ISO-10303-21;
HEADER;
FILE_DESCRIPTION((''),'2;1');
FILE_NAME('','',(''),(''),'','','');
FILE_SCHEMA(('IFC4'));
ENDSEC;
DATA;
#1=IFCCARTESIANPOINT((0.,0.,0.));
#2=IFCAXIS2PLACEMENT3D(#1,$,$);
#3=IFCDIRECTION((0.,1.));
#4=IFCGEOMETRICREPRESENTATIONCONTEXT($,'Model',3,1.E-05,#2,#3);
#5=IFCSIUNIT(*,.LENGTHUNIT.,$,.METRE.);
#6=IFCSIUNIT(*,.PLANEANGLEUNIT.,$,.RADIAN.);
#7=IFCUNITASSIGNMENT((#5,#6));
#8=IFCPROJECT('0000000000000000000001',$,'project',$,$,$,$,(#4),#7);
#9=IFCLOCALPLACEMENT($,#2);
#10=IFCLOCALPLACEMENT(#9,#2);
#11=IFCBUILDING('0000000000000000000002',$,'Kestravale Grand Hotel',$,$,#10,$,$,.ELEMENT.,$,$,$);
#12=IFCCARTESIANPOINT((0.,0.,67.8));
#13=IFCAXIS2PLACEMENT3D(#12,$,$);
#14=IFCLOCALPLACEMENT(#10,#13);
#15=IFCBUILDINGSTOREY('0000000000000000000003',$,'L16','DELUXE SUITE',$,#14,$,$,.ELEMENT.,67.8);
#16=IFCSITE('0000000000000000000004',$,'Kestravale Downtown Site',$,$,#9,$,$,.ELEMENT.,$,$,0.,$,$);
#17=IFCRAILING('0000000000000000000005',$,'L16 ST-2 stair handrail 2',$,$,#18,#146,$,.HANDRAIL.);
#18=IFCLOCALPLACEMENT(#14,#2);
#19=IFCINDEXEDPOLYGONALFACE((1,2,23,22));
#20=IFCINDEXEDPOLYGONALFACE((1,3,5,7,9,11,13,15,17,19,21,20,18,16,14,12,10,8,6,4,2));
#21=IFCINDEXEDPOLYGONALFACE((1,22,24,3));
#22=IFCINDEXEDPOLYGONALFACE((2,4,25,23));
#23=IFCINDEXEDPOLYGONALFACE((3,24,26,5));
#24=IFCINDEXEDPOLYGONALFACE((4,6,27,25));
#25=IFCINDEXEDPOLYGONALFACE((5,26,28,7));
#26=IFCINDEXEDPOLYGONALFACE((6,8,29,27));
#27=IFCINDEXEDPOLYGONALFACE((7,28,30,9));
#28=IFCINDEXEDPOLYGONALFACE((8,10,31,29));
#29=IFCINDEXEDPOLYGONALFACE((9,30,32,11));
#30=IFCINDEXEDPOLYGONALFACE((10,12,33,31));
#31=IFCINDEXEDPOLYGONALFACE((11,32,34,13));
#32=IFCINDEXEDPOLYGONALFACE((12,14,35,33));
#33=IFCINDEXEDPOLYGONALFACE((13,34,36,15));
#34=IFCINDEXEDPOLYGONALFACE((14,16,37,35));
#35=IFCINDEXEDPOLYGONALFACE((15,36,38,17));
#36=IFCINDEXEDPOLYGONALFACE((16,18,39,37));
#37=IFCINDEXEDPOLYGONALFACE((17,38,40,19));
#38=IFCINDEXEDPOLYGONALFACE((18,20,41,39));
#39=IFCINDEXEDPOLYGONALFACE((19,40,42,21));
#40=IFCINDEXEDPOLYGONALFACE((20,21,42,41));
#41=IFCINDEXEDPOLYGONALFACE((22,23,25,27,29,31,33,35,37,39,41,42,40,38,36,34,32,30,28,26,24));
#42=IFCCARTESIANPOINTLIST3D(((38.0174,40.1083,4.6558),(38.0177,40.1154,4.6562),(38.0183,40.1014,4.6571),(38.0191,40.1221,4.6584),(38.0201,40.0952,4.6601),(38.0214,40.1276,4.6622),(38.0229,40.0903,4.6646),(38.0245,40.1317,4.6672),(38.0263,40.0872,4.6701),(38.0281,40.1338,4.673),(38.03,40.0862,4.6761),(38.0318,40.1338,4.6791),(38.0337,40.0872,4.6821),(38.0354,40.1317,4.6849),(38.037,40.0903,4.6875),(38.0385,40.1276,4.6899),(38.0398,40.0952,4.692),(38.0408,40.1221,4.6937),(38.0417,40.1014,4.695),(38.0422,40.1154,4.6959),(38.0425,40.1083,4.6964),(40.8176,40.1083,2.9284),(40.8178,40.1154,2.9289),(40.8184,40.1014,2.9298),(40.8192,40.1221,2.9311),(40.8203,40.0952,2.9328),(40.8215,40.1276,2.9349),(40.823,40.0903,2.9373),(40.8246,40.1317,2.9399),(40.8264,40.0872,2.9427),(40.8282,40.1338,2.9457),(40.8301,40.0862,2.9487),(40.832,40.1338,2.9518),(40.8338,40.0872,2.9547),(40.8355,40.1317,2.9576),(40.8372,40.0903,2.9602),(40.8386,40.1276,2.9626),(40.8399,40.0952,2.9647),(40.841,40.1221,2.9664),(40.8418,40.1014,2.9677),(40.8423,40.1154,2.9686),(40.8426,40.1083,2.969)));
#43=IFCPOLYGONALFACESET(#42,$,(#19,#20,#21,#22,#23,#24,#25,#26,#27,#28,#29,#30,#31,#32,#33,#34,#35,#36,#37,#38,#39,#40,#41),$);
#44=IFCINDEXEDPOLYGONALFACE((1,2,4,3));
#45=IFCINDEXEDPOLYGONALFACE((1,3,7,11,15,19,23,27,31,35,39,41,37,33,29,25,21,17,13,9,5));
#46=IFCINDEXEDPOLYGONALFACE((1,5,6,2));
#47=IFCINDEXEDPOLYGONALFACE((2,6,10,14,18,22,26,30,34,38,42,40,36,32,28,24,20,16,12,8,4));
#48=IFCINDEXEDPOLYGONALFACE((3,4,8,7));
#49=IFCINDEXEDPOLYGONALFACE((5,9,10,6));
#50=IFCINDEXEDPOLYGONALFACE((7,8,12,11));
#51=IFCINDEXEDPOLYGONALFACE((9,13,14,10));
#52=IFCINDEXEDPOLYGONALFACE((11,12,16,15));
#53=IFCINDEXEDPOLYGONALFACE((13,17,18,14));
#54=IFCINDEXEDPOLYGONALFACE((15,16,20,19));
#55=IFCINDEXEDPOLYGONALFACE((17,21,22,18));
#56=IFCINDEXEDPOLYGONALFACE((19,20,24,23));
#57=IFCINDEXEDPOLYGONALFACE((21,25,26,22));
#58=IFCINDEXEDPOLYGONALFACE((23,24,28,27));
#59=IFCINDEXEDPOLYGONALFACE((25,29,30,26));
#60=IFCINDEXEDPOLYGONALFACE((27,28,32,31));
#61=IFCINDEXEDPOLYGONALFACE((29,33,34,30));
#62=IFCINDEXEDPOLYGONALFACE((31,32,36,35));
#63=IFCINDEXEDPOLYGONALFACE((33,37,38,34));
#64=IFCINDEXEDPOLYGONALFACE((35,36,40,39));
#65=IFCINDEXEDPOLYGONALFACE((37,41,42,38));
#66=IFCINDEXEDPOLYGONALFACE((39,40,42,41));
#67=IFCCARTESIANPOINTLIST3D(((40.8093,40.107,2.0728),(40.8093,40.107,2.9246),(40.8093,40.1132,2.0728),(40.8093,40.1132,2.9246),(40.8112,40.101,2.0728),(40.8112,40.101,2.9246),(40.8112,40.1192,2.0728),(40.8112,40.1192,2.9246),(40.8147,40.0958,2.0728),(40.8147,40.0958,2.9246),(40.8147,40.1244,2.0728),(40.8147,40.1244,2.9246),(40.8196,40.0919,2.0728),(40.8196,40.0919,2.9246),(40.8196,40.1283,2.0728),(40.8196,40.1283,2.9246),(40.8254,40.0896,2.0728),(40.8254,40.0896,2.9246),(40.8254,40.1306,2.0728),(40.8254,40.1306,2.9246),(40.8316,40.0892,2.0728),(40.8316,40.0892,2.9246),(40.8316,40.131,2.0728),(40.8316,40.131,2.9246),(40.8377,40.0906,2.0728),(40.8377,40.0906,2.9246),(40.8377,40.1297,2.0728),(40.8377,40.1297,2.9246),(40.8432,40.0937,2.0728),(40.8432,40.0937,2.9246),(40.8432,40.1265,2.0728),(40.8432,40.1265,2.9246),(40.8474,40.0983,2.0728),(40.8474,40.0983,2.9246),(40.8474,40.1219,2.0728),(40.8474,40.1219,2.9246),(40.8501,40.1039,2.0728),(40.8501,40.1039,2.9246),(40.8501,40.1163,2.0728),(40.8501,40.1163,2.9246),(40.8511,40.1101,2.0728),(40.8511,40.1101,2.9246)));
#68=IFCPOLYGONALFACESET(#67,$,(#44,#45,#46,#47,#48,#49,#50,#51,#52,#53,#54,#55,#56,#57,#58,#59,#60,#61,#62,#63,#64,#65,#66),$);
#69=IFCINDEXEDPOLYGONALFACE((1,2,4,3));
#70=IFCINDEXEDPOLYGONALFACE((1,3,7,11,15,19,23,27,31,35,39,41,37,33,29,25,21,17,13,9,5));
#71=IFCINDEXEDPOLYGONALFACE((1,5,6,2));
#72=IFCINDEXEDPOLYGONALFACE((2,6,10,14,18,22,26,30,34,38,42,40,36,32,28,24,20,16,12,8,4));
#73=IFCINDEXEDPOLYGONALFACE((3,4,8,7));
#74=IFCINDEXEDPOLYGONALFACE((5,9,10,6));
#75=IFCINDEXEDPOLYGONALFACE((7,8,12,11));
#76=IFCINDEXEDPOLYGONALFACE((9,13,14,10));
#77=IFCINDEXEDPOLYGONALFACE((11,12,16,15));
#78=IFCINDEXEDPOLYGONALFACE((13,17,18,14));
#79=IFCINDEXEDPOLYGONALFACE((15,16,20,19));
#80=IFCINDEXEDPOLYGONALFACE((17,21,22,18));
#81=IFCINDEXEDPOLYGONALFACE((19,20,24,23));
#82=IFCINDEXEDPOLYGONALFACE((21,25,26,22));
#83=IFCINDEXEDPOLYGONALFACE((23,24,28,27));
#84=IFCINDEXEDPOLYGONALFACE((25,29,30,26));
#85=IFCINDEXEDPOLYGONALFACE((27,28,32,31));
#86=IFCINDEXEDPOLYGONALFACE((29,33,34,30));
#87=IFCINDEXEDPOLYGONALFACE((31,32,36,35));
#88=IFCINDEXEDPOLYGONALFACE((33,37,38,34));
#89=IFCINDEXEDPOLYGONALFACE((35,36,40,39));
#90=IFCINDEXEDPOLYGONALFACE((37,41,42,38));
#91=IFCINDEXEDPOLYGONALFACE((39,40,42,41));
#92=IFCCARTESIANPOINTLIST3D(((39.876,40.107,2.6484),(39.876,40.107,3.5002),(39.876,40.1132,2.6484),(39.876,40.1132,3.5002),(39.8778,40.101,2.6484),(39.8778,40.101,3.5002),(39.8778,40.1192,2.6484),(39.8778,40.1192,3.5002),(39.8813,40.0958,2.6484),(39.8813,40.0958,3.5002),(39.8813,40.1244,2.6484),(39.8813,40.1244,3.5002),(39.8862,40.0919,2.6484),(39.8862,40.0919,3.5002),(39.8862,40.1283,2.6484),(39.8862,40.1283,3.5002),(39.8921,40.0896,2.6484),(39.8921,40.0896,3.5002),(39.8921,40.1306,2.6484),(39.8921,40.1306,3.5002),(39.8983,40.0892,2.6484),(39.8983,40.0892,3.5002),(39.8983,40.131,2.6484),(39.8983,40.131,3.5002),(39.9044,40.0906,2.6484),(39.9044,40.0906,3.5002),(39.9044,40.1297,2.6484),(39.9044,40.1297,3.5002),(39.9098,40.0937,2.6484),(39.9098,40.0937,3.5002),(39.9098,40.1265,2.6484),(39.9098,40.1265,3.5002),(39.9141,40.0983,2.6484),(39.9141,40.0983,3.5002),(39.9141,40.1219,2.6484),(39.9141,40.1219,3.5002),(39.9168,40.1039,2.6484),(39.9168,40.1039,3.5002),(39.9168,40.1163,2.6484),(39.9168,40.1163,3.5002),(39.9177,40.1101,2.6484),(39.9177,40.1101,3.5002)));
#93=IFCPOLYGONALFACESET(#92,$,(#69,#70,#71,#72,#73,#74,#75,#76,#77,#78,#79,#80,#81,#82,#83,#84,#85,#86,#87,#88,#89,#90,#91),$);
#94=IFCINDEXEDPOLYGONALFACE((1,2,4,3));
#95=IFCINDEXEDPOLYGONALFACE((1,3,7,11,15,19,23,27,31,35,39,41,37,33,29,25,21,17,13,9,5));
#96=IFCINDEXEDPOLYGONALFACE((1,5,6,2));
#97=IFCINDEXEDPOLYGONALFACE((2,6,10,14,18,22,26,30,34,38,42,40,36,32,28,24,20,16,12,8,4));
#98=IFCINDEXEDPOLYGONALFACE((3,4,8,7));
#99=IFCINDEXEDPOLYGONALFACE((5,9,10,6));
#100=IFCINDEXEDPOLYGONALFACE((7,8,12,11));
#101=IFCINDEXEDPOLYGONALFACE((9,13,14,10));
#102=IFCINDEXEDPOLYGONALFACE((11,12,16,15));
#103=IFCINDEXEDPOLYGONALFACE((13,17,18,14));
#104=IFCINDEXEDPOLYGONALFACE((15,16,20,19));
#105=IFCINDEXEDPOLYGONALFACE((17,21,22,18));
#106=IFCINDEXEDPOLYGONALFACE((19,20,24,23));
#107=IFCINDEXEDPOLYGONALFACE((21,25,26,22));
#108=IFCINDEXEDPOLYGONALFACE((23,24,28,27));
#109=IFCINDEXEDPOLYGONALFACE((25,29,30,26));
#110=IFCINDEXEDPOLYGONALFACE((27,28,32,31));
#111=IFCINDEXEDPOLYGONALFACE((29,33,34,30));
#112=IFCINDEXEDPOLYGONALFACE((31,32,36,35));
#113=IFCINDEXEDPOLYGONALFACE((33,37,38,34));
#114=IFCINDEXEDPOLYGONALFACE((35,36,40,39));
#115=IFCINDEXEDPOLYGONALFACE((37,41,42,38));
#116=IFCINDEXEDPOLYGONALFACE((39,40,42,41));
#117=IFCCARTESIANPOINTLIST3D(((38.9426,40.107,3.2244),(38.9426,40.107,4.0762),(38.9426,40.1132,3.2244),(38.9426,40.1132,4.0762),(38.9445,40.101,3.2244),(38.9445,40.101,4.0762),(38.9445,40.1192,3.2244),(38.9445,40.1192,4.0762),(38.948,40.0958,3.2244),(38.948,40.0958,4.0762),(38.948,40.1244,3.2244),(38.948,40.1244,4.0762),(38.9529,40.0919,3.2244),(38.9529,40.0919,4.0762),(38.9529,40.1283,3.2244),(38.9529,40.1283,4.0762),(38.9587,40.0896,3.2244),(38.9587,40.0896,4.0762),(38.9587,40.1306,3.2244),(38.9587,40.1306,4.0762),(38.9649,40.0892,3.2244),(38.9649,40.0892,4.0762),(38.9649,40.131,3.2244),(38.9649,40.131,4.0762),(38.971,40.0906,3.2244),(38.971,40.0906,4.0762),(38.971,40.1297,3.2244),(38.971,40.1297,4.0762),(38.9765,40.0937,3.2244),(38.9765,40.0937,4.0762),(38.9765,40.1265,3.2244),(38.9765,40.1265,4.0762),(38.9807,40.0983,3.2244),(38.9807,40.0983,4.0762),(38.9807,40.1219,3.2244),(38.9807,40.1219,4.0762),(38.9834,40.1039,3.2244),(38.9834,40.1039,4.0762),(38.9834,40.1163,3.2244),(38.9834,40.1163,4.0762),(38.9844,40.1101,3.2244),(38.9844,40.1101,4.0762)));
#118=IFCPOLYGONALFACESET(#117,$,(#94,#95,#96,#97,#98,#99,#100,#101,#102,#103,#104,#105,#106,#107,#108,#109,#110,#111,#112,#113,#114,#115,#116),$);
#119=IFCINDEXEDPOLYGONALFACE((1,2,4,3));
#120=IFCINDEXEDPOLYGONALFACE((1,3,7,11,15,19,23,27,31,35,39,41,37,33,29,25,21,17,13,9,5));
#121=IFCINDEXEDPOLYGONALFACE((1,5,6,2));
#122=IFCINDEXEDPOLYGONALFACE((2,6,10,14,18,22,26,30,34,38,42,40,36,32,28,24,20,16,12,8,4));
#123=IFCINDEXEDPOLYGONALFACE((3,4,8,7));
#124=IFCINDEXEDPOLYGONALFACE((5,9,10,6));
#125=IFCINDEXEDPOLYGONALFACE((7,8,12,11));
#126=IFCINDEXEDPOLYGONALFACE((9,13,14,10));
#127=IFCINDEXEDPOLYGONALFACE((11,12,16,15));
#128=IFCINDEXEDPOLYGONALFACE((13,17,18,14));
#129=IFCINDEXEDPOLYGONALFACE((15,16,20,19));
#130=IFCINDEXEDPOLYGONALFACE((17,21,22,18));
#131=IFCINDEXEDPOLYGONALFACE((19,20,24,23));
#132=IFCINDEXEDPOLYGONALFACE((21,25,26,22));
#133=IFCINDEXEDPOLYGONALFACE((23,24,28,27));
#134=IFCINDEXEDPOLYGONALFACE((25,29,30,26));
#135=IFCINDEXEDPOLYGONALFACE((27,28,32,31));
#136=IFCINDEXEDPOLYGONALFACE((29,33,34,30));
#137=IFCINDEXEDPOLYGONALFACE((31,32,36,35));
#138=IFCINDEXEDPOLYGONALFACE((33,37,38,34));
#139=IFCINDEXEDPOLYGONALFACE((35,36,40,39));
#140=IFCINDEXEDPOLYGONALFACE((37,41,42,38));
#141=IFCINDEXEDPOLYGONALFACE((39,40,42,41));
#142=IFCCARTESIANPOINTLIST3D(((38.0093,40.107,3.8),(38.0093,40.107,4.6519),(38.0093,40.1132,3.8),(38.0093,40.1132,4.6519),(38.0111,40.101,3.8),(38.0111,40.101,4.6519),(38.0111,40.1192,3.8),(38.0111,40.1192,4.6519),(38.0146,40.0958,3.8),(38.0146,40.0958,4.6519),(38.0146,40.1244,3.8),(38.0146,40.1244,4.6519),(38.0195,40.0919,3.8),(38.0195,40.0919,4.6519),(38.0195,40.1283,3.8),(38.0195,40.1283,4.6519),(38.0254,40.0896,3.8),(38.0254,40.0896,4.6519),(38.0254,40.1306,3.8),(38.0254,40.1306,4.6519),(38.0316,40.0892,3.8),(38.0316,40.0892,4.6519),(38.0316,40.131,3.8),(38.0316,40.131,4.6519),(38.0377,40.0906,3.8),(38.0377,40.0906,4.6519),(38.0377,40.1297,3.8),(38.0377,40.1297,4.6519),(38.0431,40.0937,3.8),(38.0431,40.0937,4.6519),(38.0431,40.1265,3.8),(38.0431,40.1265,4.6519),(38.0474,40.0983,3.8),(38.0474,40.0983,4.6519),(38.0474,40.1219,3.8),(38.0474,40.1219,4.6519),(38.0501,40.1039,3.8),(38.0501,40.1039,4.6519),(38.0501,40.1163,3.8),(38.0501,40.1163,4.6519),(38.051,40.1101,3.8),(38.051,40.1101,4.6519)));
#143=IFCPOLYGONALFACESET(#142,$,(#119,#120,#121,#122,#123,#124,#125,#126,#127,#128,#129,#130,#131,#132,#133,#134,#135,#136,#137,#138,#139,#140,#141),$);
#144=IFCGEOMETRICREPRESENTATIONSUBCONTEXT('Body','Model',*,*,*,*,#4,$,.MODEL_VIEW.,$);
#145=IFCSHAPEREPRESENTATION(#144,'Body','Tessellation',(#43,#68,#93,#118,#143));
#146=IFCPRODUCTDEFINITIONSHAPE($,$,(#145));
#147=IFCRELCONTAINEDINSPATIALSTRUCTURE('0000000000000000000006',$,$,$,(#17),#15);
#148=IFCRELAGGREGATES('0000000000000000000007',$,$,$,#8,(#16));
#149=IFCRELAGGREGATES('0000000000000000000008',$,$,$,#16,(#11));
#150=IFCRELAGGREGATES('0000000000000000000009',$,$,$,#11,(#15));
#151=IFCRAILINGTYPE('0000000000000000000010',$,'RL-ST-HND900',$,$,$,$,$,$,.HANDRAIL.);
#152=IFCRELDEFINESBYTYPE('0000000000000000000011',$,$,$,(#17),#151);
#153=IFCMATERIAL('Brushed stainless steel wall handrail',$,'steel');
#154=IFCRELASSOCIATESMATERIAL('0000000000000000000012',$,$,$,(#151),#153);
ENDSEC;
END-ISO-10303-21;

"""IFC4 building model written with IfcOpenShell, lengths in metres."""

from ifc_helpers import new_model, si_unit, direction, frame, origin, origin_2d, place, context, subcontext, project, spatial, circle, extrude, material, type_object, element, save


model = new_model("IFC4")

# Units and contexts
model_context = context("Model", 3, precision=1e-05, world=origin(), true_north=direction((0.0, 1.0)))
body_context = subcontext(model_context, "Body", "Model", "MODEL_VIEW")
ifc_project = project(units=[si_unit("LENGTHUNIT", "METRE"), si_unit("PLANEANGLEUNIT", "RADIAN")], contexts=[model_context])

# Site, building, storey
site_placement = place(None, origin())
site = spatial("IfcSite", under=ifc_project, at=site_placement, Name="Kestravale Downtown Site", CompositionType="ELEMENT", RefElevation=0.0)
building_placement = place(site_placement, origin())
building = spatial("IfcBuilding", under=site, at=building_placement, Name="Kestravale Grand Hotel", CompositionType="ELEMENT")
storey_placement = place(building_placement, frame((0.0, 0.0, 67.8)))
storey = spatial("IfcBuildingStorey", under=building, at=storey_placement, Name="L16", Description="DELUXE SUITE", CompositionType="ELEMENT", Elevation=67.8)

# Railing
ifc_material_1 = material(Name="Brushed stainless steel wall handrail", Category="steel")
railing_type_1 = type_object("IfcRailingType", Name="RL-ST-HND900", PredefinedType="HANDRAIL", material=ifc_material_1)
railing_1_placement = place(storey_placement, frame((40.8301, 40.1101, 2.0728)))
element("IfcRailing", 1, at=railing_1_placement, inside=storey, type_object=railing_type_1, Name="L16 ST-2 stair handrail 2", PredefinedType="HANDRAIL", context=body_context, shape_type="SweptSolid", body=[
    extrude(circle(Radius=0.0239, at=origin_2d()), frame((0.0, 0.0, 0.876), z_axis=(-0.85109, 0.0, 0.52502), x_axis=(0.0, -1.0, 0.0)), (0.0, 0.0, 1.0), 3.29),
    extrude(circle(Radius=0.021, at=origin_2d()), origin(), (0.0, 0.0, 1.0), 0.8518),
    extrude(circle(Radius=0.021, at=origin_2d()), frame((-0.9333, 0.0, 0.5757)), (0.0, 0.0, 1.0), 0.8518),
    extrude(circle(Radius=0.021, at=origin_2d()), frame((-1.8667, 0.0, 1.1516)), (0.0, 0.0, 1.0), 0.8518),
    extrude(circle(Radius=0.021, at=origin_2d()), frame((-2.8, 0.0, 1.7273)), (0.0, 0.0, 1.0), 0.8518),
])

save(model, "model.ifc")
